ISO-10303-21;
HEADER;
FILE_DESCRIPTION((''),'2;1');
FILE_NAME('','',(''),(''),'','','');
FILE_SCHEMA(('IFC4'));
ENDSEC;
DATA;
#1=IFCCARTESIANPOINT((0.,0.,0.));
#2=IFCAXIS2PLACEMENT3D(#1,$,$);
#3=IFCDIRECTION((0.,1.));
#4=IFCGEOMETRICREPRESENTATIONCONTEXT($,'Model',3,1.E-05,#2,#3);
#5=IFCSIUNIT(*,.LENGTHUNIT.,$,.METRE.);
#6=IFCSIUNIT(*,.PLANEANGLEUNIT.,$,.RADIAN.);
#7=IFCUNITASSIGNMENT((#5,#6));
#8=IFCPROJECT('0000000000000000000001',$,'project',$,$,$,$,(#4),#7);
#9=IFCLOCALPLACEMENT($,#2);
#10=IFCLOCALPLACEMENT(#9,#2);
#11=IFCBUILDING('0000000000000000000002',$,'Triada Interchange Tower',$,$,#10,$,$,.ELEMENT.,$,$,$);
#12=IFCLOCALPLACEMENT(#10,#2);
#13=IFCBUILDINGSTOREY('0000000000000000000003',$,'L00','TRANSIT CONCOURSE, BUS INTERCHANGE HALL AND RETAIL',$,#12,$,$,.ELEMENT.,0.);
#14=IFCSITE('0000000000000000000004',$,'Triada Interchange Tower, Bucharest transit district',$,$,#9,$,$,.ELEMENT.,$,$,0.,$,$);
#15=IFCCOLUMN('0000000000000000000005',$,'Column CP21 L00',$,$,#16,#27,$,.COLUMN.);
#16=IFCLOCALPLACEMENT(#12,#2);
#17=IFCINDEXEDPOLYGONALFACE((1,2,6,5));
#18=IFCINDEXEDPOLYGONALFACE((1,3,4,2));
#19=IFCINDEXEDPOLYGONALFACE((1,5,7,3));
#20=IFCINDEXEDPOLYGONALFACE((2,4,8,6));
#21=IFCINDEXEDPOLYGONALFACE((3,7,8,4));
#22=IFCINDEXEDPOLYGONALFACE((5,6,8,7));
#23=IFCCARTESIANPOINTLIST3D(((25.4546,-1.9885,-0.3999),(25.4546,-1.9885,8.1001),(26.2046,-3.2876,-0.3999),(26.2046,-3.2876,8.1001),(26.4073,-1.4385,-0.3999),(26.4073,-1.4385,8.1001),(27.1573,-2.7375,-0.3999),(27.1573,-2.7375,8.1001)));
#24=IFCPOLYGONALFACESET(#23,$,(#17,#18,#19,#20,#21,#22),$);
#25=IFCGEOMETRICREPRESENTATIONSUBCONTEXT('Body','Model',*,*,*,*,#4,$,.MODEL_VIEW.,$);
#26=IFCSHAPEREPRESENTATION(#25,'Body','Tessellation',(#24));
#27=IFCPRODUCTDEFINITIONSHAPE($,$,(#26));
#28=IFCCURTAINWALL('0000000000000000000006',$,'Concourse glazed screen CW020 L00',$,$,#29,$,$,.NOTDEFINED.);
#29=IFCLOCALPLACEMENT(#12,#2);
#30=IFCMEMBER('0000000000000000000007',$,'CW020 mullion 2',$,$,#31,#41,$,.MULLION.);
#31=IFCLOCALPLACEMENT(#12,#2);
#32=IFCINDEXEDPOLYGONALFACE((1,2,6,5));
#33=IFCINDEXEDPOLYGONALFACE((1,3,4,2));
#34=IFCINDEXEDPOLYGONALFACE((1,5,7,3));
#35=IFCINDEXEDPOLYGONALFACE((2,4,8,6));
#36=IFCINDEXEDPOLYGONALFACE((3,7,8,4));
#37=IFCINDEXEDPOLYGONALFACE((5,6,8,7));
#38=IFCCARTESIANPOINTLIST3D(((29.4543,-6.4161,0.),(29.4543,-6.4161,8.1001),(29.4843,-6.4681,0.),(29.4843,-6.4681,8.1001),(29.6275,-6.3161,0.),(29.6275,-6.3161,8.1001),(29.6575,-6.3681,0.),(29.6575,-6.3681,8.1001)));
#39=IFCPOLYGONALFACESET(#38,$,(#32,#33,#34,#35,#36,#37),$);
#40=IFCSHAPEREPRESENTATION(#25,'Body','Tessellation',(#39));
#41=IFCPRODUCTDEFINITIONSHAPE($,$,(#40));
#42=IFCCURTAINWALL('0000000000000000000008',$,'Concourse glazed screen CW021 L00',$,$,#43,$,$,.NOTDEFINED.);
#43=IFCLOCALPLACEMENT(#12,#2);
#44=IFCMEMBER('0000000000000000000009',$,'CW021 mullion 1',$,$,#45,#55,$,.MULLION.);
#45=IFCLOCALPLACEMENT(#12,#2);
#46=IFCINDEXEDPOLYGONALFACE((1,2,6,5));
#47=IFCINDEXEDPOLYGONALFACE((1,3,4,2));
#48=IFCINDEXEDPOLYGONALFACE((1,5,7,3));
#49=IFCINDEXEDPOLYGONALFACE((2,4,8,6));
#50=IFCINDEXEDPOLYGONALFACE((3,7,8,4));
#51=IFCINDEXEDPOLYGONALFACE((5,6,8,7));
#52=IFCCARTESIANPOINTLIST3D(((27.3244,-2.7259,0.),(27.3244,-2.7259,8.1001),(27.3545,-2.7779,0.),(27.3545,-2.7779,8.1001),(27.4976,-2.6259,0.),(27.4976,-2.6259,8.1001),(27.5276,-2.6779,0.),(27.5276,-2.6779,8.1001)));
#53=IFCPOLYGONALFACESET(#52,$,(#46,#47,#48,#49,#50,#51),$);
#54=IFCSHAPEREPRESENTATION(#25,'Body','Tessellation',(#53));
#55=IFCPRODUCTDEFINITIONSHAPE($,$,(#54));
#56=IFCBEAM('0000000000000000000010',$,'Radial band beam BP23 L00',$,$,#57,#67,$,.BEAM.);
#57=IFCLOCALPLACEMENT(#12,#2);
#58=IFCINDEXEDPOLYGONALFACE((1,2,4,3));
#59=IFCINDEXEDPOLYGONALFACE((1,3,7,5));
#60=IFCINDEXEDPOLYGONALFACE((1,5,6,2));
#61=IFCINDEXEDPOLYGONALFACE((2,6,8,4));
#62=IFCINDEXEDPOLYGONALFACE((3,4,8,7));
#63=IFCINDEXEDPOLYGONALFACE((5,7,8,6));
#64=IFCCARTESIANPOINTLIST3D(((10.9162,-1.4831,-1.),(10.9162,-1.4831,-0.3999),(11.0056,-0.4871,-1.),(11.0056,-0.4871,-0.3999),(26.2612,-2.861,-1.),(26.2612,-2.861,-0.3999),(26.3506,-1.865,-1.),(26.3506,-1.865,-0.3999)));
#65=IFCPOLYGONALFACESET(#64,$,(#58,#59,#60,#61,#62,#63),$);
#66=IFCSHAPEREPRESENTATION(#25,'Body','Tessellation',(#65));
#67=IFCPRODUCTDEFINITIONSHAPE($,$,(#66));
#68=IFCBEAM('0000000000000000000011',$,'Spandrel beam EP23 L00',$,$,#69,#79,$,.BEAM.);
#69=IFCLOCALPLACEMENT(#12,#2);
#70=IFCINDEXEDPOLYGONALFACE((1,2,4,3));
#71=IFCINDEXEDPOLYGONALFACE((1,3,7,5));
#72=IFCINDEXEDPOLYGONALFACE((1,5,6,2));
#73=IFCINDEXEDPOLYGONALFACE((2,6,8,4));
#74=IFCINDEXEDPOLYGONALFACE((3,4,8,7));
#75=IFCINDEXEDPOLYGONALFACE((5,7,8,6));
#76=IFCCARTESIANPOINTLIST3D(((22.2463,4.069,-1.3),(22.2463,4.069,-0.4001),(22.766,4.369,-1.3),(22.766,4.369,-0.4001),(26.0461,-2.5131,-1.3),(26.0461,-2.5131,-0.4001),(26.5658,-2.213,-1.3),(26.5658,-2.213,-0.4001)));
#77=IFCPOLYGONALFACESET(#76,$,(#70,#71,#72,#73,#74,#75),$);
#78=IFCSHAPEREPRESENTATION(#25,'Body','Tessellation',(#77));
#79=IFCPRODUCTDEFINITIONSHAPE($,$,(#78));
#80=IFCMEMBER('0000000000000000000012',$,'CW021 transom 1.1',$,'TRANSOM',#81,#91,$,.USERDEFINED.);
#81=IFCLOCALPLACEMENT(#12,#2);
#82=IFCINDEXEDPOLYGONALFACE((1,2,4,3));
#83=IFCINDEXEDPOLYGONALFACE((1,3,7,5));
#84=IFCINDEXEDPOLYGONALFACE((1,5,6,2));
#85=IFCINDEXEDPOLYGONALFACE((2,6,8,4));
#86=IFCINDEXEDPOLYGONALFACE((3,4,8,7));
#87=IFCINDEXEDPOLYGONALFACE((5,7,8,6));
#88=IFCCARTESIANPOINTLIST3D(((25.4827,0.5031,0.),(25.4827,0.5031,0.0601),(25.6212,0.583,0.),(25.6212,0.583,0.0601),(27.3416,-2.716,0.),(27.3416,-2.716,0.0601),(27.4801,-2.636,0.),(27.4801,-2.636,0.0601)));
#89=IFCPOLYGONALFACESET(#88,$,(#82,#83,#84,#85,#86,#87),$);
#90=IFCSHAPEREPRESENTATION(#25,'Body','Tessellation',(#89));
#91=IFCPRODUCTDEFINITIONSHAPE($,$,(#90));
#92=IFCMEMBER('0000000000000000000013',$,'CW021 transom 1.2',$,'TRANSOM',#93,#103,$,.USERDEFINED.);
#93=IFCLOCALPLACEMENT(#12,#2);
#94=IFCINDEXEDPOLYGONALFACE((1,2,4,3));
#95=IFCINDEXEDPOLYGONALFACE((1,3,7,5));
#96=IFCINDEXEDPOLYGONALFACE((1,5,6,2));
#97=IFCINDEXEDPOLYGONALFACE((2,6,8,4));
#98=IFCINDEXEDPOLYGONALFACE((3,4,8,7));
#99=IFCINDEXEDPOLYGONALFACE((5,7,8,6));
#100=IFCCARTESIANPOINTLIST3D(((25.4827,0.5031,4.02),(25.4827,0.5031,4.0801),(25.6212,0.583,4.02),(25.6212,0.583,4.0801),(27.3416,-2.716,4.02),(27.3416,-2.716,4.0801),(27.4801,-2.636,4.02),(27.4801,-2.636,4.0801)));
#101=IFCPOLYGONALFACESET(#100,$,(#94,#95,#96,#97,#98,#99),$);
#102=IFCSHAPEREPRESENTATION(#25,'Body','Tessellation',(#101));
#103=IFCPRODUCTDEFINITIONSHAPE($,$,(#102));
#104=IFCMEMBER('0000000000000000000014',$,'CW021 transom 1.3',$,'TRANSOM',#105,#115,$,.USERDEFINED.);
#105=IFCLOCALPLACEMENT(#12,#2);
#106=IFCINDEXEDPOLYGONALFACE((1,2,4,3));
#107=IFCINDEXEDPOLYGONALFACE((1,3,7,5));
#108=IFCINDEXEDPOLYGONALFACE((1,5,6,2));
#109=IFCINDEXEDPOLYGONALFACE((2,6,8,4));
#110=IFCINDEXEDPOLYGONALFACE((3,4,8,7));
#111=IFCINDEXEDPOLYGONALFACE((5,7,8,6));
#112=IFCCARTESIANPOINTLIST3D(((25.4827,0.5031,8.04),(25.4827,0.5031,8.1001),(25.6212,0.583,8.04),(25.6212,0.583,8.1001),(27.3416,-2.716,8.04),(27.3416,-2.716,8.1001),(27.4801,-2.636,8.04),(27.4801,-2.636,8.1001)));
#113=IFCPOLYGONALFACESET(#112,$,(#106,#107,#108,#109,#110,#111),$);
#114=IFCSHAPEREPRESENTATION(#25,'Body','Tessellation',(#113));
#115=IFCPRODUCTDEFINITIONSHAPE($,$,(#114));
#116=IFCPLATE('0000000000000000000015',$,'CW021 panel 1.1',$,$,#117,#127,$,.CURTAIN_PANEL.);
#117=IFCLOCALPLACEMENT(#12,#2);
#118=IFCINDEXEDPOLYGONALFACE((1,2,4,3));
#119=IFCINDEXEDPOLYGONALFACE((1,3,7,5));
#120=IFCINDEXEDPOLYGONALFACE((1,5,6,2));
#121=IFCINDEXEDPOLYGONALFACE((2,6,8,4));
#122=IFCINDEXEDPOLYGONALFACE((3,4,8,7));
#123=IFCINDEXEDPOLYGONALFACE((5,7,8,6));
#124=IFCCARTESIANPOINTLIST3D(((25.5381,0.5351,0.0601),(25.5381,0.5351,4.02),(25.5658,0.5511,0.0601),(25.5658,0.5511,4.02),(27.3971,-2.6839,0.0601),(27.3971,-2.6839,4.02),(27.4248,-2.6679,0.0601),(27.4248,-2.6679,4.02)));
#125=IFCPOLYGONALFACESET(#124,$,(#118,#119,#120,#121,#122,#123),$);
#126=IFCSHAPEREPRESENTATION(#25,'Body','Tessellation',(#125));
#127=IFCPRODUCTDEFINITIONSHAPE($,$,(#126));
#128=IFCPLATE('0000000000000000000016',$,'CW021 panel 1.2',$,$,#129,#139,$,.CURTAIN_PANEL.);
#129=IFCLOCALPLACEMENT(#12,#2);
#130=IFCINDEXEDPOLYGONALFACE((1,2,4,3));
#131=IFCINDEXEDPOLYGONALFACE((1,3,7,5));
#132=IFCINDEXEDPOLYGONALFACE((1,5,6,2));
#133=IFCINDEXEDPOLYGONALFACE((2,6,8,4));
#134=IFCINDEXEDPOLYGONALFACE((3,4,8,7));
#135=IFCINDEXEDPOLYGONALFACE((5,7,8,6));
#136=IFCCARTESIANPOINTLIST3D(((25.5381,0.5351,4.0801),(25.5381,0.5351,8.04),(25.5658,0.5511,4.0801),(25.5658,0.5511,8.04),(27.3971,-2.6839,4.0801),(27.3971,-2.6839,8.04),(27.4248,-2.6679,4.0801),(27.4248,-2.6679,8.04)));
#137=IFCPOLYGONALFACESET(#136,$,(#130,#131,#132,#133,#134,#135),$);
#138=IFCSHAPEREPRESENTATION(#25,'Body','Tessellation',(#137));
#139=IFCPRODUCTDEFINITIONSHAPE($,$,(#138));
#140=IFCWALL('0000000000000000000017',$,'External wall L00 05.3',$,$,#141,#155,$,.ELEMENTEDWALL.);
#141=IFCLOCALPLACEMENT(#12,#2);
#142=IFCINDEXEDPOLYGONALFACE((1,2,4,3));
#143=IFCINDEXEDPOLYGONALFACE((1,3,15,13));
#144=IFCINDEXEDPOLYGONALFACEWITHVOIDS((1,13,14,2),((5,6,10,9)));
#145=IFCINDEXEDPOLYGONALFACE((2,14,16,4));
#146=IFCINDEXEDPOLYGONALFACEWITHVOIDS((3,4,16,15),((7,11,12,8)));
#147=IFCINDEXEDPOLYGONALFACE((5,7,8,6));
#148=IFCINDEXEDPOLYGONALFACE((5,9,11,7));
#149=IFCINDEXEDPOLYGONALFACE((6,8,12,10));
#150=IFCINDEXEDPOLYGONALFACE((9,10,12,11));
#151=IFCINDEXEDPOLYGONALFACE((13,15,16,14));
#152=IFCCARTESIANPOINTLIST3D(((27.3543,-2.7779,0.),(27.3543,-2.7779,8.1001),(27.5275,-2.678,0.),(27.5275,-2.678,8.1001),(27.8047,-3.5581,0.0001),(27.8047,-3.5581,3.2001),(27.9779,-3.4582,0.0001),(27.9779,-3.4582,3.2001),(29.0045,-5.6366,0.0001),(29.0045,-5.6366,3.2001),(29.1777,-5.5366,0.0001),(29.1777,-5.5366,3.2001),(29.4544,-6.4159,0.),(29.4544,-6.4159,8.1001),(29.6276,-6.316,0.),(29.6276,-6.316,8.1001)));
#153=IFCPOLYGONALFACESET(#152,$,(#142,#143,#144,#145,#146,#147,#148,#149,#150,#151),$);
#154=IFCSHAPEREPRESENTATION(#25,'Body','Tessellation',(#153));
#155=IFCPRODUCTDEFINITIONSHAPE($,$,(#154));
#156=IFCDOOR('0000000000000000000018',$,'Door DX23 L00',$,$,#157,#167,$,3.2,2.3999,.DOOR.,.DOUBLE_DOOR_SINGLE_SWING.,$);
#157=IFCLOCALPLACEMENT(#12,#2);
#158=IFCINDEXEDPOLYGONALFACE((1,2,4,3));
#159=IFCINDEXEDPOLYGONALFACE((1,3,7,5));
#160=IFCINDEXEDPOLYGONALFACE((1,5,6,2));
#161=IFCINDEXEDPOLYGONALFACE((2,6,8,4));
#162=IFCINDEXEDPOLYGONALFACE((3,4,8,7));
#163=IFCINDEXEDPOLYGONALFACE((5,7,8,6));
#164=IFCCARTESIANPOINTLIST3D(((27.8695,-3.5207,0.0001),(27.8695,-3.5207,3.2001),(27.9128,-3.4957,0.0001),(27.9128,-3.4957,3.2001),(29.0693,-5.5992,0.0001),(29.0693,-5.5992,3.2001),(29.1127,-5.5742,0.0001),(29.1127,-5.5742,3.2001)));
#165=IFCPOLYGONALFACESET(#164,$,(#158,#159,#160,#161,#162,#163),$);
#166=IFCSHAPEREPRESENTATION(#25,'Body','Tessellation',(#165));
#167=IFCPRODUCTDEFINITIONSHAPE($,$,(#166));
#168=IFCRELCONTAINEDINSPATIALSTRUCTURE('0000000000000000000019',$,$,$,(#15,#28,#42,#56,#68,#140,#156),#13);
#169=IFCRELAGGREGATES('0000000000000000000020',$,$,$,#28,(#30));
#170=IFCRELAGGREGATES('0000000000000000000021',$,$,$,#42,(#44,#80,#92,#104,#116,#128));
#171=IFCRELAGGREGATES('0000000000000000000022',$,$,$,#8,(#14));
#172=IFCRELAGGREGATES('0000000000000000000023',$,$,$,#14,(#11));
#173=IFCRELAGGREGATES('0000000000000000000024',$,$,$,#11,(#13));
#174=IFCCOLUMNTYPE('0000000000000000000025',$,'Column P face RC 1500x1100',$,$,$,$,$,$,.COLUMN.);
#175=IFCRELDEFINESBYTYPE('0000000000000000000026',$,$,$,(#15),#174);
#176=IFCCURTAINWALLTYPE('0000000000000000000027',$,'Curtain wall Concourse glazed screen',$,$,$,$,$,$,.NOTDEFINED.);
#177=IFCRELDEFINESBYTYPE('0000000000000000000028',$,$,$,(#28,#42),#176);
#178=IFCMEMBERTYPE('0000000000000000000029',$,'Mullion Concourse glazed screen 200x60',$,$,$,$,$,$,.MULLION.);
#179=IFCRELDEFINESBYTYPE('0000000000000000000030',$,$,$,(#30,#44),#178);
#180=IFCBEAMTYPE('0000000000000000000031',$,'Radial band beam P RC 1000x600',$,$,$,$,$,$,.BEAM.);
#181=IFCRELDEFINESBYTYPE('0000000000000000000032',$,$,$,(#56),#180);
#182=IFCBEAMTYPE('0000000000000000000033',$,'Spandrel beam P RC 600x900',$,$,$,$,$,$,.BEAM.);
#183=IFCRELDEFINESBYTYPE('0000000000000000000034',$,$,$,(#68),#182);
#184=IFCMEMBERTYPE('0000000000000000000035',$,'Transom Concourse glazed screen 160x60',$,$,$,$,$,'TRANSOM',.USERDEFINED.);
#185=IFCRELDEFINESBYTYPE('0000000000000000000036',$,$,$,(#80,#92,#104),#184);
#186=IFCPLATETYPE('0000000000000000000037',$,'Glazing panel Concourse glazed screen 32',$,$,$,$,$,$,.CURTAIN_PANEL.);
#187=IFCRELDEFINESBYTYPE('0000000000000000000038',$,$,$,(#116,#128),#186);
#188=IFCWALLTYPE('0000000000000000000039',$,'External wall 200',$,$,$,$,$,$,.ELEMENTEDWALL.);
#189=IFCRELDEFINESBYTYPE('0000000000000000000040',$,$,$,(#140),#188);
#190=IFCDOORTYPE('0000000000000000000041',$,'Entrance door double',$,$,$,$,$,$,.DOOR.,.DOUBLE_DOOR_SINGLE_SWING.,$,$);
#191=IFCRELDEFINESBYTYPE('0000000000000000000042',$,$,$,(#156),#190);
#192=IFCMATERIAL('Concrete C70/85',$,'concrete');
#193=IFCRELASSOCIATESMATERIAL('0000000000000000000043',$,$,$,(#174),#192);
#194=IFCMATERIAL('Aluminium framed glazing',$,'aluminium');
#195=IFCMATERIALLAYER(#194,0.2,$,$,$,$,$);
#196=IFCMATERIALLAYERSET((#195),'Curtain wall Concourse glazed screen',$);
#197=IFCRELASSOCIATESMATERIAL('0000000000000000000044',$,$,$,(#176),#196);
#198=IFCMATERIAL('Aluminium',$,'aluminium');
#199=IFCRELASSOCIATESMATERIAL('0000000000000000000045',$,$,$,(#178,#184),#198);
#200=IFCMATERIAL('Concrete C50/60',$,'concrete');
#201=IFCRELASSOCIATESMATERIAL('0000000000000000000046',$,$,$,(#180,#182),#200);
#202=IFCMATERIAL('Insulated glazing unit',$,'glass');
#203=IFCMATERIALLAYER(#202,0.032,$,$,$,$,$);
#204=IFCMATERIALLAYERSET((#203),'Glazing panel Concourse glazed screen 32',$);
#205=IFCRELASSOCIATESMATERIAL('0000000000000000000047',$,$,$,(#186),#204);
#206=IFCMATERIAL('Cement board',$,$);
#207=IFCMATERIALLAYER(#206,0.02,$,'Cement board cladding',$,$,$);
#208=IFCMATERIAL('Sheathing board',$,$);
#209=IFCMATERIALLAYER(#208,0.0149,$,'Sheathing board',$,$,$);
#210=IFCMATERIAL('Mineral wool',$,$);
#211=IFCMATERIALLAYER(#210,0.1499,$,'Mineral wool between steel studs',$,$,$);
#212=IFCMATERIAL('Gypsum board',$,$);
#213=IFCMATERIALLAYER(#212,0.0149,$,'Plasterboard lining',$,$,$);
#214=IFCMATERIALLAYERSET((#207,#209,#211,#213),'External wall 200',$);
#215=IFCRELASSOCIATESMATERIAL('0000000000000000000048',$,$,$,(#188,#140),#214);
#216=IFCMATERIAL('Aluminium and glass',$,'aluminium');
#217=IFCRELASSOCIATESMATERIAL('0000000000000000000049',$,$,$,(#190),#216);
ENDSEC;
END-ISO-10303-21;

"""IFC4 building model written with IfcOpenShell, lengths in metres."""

from ifc_helpers import new_model, si_unit, direction, frame, frame_2d, origin, origin_2d, place, context, subcontext, project, spatial, rectangle, extrude, material, layer, layer_set, layer_usage, material_profile, profile_set, type_object, element, fill, aggregate, save


model = new_model("IFC4")

# Units and contexts
model_context = context("Model", 3, precision=1e-05, world=origin(), true_north=direction((0.0, 1.0)))
body_context = subcontext(model_context, "Body", "Model", "MODEL_VIEW")
ifc_project = project(units=[si_unit("LENGTHUNIT", "METRE"), si_unit("PLANEANGLEUNIT", "RADIAN")], contexts=[model_context])

# Site, building, storey
site_placement = place(None, origin())
site = spatial("IfcSite", under=ifc_project, at=site_placement, Name="Triada Interchange Tower, Bucharest transit district", CompositionType="ELEMENT", RefElevation=0.0)
building_placement = place(site_placement, origin())
building = spatial("IfcBuilding", under=site, at=building_placement, Name="Triada Interchange Tower", CompositionType="ELEMENT")
storey_placement = place(building_placement, origin())
storey = spatial("IfcBuildingStorey", under=building, at=storey_placement, Name="L00", Description="TRANSIT CONCOURSE, BUS INTERCHANGE HALL AND RETAIL", CompositionType="ELEMENT", Elevation=0.0)

# Column
ifc_material_1 = material(Name="Concrete C70/85", Category="concrete")
ifc_material_profile_1 = material_profile(ifc_material_1, rectangle(XDim=1.5, YDim=1.1001, at=origin_2d()), Name="RC 1500x1100")
ifc_profile_set_1 = profile_set([ifc_material_profile_1], Name="Concrete C70/85")
column_type = type_object("IfcColumnType", Name="Column P face RC 1500x1100", PredefinedType="COLUMN", material=ifc_profile_set_1)
column_placement = place(storey_placement, frame((26.3059, -2.363, -0.3999), z_axis=(0.0, 0.0, 1.0), x_axis=(-0.5, 0.866025, 0.0)))
element("IfcColumn", 1, at=column_placement, inside=storey, type_object=column_type, Name="Column CP21 L00", PredefinedType="COLUMN", context=body_context, shape_type="SweptSolid", body=[
    extrude(rectangle(XDim=1.5, YDim=1.1001, at=origin_2d()), origin(), (0.0, 0.0, 1.0), 8.5),
])

# Curtain walls, members
ifc_material_2 = material(Name="Aluminium framed glazing", Category="aluminium")
ifc_layer_1 = layer(ifc_material_2, 0.2)
ifc_layer_set_1 = layer_set([ifc_layer_1], Name="Curtain wall Concourse glazed screen")
curtain_wall_type = type_object("IfcCurtainWallType", Name="Curtain wall Concourse glazed screen", PredefinedType="NOTDEFINED", material=ifc_layer_set_1)
curtain_wall_1_placement = place(storey_placement, origin())
curtain_wall_1 = element("IfcCurtainWall", 2, at=curtain_wall_1_placement, inside=storey, type_object=curtain_wall_type, Name="Concourse glazed screen CW020 L00", PredefinedType="NOTDEFINED")
ifc_material_3 = material(Name="Aluminium", Category="aluminium")
ifc_material_profile_2 = material_profile(ifc_material_3, rectangle(XDim=0.2, YDim=0.0601, at=origin_2d()), Name="Aluminium mullion")
ifc_profile_set_2 = profile_set([ifc_material_profile_2], Name="Aluminium")
member_type_1 = type_object("IfcMemberType", Name="Mullion Concourse glazed screen 200x60", PredefinedType="MULLION", material=ifc_profile_set_2)
member_1_placement = place(storey_placement, frame((29.5559, -6.3921, 0.0), z_axis=(0.0, 0.0, 1.0), x_axis=(-0.866005, -0.500035, 0.0)))
member_1 = element("IfcMember", 3, at=member_1_placement, type_object=member_type_1, Name="CW020 mullion 2", PredefinedType="MULLION", context=body_context, shape_type="SweptSolid", body=[
    extrude(rectangle(XDim=0.2, YDim=0.0601, at=origin_2d()), origin(), (0.0, 0.0, 1.0), 8.1001),
])
aggregate(curtain_wall_1, [member_1])
curtain_wall_2_placement = place(storey_placement, origin())
curtain_wall_2 = element("IfcCurtainWall", 4, at=curtain_wall_2_placement, inside=storey, type_object=curtain_wall_type, Name="Concourse glazed screen CW021 L00", PredefinedType="NOTDEFINED")
member_2_placement = place(storey_placement, frame((27.426, -2.7019, 0.0), z_axis=(0.0, 0.0, 1.0), x_axis=(-0.865973, -0.500091, 0.0)))
member_2 = element("IfcMember", 5, at=member_2_placement, type_object=member_type_1, Name="CW021 mullion 1", PredefinedType="MULLION", context=body_context, shape_type="SweptSolid", body=[
    extrude(rectangle(XDim=0.2, YDim=0.0601, at=origin_2d()), origin(), (0.0, 0.0, 1.0), 8.1001),
])

# Beams
ifc_material_4 = material(Name="Concrete C50/60", Category="concrete")
ifc_material_profile_3 = material_profile(ifc_material_4, rectangle(XDim=1.0, YDim=0.6001, at=origin_2d()), Name="RC 1000x600")
ifc_profile_set_3 = profile_set([ifc_material_profile_3], Name="Concrete C50/60")
beam_type_1 = type_object("IfcBeamType", Name="Radial band beam P RC 1000x600", PredefinedType="BEAM", material=ifc_profile_set_3)
beam_1_placement = place(storey_placement, frame((26.3059, -2.363, -0.7), z_axis=(-0.995992, 0.089437, 0.0), x_axis=(-0.089437, -0.995992, 0.0)))
element("IfcBeam", 6, at=beam_1_placement, inside=storey, type_object=beam_type_1, Name="Radial band beam BP23 L00", PredefinedType="BEAM", context=body_context, shape_type="SweptSolid", body=[
    extrude(rectangle(XDim=1.0, YDim=0.6001, at=origin_2d()), origin(), (0.0, 0.0, 1.0), 15.4067),
])
ifc_material_profile_4 = material_profile(ifc_material_4, rectangle(XDim=0.6001, YDim=0.8999, at=origin_2d()), Name="RC 600x900")
ifc_profile_set_4 = profile_set([ifc_material_profile_4], Name="Concrete C50/60")
beam_type_2 = type_object("IfcBeamType", Name="Spandrel beam P RC 600x900", PredefinedType="BEAM", material=ifc_profile_set_4)
beam_2_placement = place(storey_placement, frame((26.3059, -2.363, -0.8501), z_axis=(-0.499967, 0.866044, 0.0), x_axis=(-0.866044, -0.499967, 0.0)))
element("IfcBeam", 7, at=beam_2_placement, inside=storey, type_object=beam_type_2, Name="Spandrel beam EP23 L00", PredefinedType="BEAM", context=body_context, shape_type="SweptSolid", body=[
    extrude(rectangle(XDim=0.6001, YDim=0.8999, at=origin_2d()), origin(), (0.0, 0.0, 1.0), 7.6001),
])

# Members
ifc_material_profile_5 = material_profile(ifc_material_3, rectangle(XDim=0.1599, YDim=0.0601, at=origin_2d()), Name="Aluminium transom")
ifc_profile_set_5 = profile_set([ifc_material_profile_5], Name="Aluminium")
member_type_2 = type_object("IfcMemberType", Name="Transom Concourse glazed screen 160x60", ElementType="TRANSOM", PredefinedType="USERDEFINED", material=ifc_profile_set_5)
member_3_placement = place(storey_placement, frame((27.4109, -2.676, 0.03), z_axis=(-0.500081, 0.865979, 0.0), x_axis=(-0.865979, -0.500081, 0.0)))
member_3 = element("IfcMember", 8, at=member_3_placement, type_object=member_type_2, Name="CW021 transom 1.1", ObjectType="TRANSOM", PredefinedType="USERDEFINED", context=body_context, shape_type="SweptSolid", body=[
    extrude(rectangle(XDim=0.1599, YDim=0.0601, at=origin_2d()), origin(), (0.0, 0.0, 1.0), 3.7173),
])
member_4_placement = place(storey_placement, frame((27.4109, -2.676, 4.05), z_axis=(-0.500081, 0.865979, 0.0), x_axis=(-0.865979, -0.500081, 0.0)))
member_4 = element("IfcMember", 9, at=member_4_placement, type_object=member_type_2, Name="CW021 transom 1.2", ObjectType="TRANSOM", PredefinedType="USERDEFINED", context=body_context, shape_type="SweptSolid", body=[
    extrude(rectangle(XDim=0.1599, YDim=0.0601, at=origin_2d()), origin(), (0.0, 0.0, 1.0), 3.7173),
])
member_5_placement = place(storey_placement, frame((27.4109, -2.676, 8.0701), z_axis=(-0.500081, 0.865979, 0.0), x_axis=(-0.865979, -0.500081, 0.0)))
member_5 = element("IfcMember", 10, at=member_5_placement, type_object=member_type_2, Name="CW021 transom 1.3", ObjectType="TRANSOM", PredefinedType="USERDEFINED", context=body_context, shape_type="SweptSolid", body=[
    extrude(rectangle(XDim=0.1599, YDim=0.0601, at=origin_2d()), origin(), (0.0, 0.0, 1.0), 3.7173),
])

# Plates
ifc_material_5 = material(Name="Insulated glazing unit", Category="glass")
ifc_layer_2 = layer(ifc_material_5, 0.032)
ifc_layer_set_2 = layer_set([ifc_layer_2], Name="Glazing panel Concourse glazed screen 32")
plate_type = type_object("IfcPlateType", Name="Glazing panel Concourse glazed screen 32", PredefinedType="CURTAIN_PANEL", material=ifc_layer_set_2)
plate_1_placement = place(storey_placement, frame((26.4814, -1.0664, 0.0601), z_axis=(0.0, 0.0, 1.0), x_axis=(-0.500091, 0.865973, 0.0)))
plate_1 = element("IfcPlate", 11, at=plate_1_placement, type_object=plate_type, Name="CW021 panel 1.1", PredefinedType="CURTAIN_PANEL", context=body_context, shape_type="SweptSolid", body=[
    extrude(rectangle(XDim=3.7173, YDim=0.032, at=origin_2d()), origin(), (0.0, 0.0, 1.0), 3.96),
])
plate_2_placement = place(storey_placement, frame((26.4814, -1.0664, 4.0801), z_axis=(0.0, 0.0, 1.0), x_axis=(-0.500091, 0.865973, 0.0)))
plate_2 = element("IfcPlate", 12, at=plate_2_placement, type_object=plate_type, Name="CW021 panel 1.2", PredefinedType="CURTAIN_PANEL", context=body_context, shape_type="SweptSolid", body=[
    extrude(rectangle(XDim=3.7173, YDim=0.032, at=origin_2d()), origin(), (0.0, 0.0, 1.0), 3.96),
])
aggregate(curtain_wall_2, [member_2, member_3, member_4, member_5, plate_1, plate_2])

# Wall, opening, door
ifc_material_6 = material(Name="Cement board")
ifc_layer_3 = layer(ifc_material_6, 0.02, Name="Cement board cladding")
ifc_material_7 = material(Name="Sheathing board")
ifc_layer_4 = layer(ifc_material_7, 0.0149, Name="Sheathing board")
ifc_material_8 = material(Name="Mineral wool")
ifc_layer_5 = layer(ifc_material_8, 0.1499, Name="Mineral wool between steel studs")
ifc_material_9 = material(Name="Gypsum board")
ifc_layer_6 = layer(ifc_material_9, 0.0149, Name="Plasterboard lining")
ifc_layer_set_3 = layer_set([ifc_layer_3, ifc_layer_4, ifc_layer_5, ifc_layer_6], Name="External wall 200")
ifc_layer_usage = layer_usage(ifc_layer_set_3, "AXIS2", "POSITIVE", -0.1001)
wall_type_1 = type_object("IfcWallType", Name="External wall 200", PredefinedType="ELEMENTEDWALL", material=ifc_layer_set_3)
wall_1_placement = place(storey_placement, frame((29.541, -6.366, 0.0), z_axis=(0.0, 0.0, 1.0), x_axis=(-0.499952, 0.866053, 0.0)))
wall_1 = element("IfcWall", 13, at=wall_1_placement, inside=storey, type_object=wall_type_1, material=ifc_layer_usage, Name="External wall L00 05.3", PredefinedType="ELEMENTEDWALL", context=body_context, shape_type="SweptSolid", body=[
    extrude(rectangle(XDim=4.2007, YDim=0.2, at=frame_2d((2.1003, 0.0))), origin(), (0.0, 0.0, 1.0), 8.1001),
])
opening_1_placement = place(wall_1_placement, frame((0.8999, 0.0, 0.0)))
opening_1 = element("IfcOpeningElement", 14, at=opening_1_placement, cuts=wall_1, PredefinedType="OPENING", context=body_context, shape_type="SweptSolid", body=[
    extrude(rectangle(XDim=2.3999, YDim=3.2, at=frame_2d((1.2, 1.6001))), frame((0.0, 0.1099, 0.0), z_axis=(0.0, -1.0, 0.0), x_axis=(1.0, 0.0, 0.0)), (0.0, 0.0, 1.0), 0.22),
])
ifc_material_10 = material(Name="Aluminium and glass", Category="aluminium")
door_type_1 = type_object("IfcDoorType", Name="Entrance door double", OperationType="DOUBLE_DOOR_SINGLE_SWING", PredefinedType="DOOR", material=ifc_material_10)
door_1_placement = place(opening_1_placement, frame((2.3999, 0.0, 0.0), z_axis=(0.0, 0.0, 1.0), x_axis=(-1.0, 0.0, 0.0)))
door_1 = element("IfcDoor", 15, at=door_1_placement, inside=storey, type_object=door_type_1, Name="Door DX23 L00", OperationType="DOUBLE_DOOR_SINGLE_SWING", OverallHeight=3.2, OverallWidth=2.3999, PredefinedType="DOOR", context=body_context, shape_type="SweptSolid", body=[
    extrude(rectangle(XDim=2.3999, YDim=3.2, at=frame_2d((1.2, 1.6001))), frame((0.0, 0.0249, 0.0), z_axis=(0.0, -1.0, 0.0), x_axis=(1.0, 0.0, 0.0)), (0.0, 0.0, 1.0), 0.05),
])
fill(opening_1, door_1)

save(model, "model.ifc")
